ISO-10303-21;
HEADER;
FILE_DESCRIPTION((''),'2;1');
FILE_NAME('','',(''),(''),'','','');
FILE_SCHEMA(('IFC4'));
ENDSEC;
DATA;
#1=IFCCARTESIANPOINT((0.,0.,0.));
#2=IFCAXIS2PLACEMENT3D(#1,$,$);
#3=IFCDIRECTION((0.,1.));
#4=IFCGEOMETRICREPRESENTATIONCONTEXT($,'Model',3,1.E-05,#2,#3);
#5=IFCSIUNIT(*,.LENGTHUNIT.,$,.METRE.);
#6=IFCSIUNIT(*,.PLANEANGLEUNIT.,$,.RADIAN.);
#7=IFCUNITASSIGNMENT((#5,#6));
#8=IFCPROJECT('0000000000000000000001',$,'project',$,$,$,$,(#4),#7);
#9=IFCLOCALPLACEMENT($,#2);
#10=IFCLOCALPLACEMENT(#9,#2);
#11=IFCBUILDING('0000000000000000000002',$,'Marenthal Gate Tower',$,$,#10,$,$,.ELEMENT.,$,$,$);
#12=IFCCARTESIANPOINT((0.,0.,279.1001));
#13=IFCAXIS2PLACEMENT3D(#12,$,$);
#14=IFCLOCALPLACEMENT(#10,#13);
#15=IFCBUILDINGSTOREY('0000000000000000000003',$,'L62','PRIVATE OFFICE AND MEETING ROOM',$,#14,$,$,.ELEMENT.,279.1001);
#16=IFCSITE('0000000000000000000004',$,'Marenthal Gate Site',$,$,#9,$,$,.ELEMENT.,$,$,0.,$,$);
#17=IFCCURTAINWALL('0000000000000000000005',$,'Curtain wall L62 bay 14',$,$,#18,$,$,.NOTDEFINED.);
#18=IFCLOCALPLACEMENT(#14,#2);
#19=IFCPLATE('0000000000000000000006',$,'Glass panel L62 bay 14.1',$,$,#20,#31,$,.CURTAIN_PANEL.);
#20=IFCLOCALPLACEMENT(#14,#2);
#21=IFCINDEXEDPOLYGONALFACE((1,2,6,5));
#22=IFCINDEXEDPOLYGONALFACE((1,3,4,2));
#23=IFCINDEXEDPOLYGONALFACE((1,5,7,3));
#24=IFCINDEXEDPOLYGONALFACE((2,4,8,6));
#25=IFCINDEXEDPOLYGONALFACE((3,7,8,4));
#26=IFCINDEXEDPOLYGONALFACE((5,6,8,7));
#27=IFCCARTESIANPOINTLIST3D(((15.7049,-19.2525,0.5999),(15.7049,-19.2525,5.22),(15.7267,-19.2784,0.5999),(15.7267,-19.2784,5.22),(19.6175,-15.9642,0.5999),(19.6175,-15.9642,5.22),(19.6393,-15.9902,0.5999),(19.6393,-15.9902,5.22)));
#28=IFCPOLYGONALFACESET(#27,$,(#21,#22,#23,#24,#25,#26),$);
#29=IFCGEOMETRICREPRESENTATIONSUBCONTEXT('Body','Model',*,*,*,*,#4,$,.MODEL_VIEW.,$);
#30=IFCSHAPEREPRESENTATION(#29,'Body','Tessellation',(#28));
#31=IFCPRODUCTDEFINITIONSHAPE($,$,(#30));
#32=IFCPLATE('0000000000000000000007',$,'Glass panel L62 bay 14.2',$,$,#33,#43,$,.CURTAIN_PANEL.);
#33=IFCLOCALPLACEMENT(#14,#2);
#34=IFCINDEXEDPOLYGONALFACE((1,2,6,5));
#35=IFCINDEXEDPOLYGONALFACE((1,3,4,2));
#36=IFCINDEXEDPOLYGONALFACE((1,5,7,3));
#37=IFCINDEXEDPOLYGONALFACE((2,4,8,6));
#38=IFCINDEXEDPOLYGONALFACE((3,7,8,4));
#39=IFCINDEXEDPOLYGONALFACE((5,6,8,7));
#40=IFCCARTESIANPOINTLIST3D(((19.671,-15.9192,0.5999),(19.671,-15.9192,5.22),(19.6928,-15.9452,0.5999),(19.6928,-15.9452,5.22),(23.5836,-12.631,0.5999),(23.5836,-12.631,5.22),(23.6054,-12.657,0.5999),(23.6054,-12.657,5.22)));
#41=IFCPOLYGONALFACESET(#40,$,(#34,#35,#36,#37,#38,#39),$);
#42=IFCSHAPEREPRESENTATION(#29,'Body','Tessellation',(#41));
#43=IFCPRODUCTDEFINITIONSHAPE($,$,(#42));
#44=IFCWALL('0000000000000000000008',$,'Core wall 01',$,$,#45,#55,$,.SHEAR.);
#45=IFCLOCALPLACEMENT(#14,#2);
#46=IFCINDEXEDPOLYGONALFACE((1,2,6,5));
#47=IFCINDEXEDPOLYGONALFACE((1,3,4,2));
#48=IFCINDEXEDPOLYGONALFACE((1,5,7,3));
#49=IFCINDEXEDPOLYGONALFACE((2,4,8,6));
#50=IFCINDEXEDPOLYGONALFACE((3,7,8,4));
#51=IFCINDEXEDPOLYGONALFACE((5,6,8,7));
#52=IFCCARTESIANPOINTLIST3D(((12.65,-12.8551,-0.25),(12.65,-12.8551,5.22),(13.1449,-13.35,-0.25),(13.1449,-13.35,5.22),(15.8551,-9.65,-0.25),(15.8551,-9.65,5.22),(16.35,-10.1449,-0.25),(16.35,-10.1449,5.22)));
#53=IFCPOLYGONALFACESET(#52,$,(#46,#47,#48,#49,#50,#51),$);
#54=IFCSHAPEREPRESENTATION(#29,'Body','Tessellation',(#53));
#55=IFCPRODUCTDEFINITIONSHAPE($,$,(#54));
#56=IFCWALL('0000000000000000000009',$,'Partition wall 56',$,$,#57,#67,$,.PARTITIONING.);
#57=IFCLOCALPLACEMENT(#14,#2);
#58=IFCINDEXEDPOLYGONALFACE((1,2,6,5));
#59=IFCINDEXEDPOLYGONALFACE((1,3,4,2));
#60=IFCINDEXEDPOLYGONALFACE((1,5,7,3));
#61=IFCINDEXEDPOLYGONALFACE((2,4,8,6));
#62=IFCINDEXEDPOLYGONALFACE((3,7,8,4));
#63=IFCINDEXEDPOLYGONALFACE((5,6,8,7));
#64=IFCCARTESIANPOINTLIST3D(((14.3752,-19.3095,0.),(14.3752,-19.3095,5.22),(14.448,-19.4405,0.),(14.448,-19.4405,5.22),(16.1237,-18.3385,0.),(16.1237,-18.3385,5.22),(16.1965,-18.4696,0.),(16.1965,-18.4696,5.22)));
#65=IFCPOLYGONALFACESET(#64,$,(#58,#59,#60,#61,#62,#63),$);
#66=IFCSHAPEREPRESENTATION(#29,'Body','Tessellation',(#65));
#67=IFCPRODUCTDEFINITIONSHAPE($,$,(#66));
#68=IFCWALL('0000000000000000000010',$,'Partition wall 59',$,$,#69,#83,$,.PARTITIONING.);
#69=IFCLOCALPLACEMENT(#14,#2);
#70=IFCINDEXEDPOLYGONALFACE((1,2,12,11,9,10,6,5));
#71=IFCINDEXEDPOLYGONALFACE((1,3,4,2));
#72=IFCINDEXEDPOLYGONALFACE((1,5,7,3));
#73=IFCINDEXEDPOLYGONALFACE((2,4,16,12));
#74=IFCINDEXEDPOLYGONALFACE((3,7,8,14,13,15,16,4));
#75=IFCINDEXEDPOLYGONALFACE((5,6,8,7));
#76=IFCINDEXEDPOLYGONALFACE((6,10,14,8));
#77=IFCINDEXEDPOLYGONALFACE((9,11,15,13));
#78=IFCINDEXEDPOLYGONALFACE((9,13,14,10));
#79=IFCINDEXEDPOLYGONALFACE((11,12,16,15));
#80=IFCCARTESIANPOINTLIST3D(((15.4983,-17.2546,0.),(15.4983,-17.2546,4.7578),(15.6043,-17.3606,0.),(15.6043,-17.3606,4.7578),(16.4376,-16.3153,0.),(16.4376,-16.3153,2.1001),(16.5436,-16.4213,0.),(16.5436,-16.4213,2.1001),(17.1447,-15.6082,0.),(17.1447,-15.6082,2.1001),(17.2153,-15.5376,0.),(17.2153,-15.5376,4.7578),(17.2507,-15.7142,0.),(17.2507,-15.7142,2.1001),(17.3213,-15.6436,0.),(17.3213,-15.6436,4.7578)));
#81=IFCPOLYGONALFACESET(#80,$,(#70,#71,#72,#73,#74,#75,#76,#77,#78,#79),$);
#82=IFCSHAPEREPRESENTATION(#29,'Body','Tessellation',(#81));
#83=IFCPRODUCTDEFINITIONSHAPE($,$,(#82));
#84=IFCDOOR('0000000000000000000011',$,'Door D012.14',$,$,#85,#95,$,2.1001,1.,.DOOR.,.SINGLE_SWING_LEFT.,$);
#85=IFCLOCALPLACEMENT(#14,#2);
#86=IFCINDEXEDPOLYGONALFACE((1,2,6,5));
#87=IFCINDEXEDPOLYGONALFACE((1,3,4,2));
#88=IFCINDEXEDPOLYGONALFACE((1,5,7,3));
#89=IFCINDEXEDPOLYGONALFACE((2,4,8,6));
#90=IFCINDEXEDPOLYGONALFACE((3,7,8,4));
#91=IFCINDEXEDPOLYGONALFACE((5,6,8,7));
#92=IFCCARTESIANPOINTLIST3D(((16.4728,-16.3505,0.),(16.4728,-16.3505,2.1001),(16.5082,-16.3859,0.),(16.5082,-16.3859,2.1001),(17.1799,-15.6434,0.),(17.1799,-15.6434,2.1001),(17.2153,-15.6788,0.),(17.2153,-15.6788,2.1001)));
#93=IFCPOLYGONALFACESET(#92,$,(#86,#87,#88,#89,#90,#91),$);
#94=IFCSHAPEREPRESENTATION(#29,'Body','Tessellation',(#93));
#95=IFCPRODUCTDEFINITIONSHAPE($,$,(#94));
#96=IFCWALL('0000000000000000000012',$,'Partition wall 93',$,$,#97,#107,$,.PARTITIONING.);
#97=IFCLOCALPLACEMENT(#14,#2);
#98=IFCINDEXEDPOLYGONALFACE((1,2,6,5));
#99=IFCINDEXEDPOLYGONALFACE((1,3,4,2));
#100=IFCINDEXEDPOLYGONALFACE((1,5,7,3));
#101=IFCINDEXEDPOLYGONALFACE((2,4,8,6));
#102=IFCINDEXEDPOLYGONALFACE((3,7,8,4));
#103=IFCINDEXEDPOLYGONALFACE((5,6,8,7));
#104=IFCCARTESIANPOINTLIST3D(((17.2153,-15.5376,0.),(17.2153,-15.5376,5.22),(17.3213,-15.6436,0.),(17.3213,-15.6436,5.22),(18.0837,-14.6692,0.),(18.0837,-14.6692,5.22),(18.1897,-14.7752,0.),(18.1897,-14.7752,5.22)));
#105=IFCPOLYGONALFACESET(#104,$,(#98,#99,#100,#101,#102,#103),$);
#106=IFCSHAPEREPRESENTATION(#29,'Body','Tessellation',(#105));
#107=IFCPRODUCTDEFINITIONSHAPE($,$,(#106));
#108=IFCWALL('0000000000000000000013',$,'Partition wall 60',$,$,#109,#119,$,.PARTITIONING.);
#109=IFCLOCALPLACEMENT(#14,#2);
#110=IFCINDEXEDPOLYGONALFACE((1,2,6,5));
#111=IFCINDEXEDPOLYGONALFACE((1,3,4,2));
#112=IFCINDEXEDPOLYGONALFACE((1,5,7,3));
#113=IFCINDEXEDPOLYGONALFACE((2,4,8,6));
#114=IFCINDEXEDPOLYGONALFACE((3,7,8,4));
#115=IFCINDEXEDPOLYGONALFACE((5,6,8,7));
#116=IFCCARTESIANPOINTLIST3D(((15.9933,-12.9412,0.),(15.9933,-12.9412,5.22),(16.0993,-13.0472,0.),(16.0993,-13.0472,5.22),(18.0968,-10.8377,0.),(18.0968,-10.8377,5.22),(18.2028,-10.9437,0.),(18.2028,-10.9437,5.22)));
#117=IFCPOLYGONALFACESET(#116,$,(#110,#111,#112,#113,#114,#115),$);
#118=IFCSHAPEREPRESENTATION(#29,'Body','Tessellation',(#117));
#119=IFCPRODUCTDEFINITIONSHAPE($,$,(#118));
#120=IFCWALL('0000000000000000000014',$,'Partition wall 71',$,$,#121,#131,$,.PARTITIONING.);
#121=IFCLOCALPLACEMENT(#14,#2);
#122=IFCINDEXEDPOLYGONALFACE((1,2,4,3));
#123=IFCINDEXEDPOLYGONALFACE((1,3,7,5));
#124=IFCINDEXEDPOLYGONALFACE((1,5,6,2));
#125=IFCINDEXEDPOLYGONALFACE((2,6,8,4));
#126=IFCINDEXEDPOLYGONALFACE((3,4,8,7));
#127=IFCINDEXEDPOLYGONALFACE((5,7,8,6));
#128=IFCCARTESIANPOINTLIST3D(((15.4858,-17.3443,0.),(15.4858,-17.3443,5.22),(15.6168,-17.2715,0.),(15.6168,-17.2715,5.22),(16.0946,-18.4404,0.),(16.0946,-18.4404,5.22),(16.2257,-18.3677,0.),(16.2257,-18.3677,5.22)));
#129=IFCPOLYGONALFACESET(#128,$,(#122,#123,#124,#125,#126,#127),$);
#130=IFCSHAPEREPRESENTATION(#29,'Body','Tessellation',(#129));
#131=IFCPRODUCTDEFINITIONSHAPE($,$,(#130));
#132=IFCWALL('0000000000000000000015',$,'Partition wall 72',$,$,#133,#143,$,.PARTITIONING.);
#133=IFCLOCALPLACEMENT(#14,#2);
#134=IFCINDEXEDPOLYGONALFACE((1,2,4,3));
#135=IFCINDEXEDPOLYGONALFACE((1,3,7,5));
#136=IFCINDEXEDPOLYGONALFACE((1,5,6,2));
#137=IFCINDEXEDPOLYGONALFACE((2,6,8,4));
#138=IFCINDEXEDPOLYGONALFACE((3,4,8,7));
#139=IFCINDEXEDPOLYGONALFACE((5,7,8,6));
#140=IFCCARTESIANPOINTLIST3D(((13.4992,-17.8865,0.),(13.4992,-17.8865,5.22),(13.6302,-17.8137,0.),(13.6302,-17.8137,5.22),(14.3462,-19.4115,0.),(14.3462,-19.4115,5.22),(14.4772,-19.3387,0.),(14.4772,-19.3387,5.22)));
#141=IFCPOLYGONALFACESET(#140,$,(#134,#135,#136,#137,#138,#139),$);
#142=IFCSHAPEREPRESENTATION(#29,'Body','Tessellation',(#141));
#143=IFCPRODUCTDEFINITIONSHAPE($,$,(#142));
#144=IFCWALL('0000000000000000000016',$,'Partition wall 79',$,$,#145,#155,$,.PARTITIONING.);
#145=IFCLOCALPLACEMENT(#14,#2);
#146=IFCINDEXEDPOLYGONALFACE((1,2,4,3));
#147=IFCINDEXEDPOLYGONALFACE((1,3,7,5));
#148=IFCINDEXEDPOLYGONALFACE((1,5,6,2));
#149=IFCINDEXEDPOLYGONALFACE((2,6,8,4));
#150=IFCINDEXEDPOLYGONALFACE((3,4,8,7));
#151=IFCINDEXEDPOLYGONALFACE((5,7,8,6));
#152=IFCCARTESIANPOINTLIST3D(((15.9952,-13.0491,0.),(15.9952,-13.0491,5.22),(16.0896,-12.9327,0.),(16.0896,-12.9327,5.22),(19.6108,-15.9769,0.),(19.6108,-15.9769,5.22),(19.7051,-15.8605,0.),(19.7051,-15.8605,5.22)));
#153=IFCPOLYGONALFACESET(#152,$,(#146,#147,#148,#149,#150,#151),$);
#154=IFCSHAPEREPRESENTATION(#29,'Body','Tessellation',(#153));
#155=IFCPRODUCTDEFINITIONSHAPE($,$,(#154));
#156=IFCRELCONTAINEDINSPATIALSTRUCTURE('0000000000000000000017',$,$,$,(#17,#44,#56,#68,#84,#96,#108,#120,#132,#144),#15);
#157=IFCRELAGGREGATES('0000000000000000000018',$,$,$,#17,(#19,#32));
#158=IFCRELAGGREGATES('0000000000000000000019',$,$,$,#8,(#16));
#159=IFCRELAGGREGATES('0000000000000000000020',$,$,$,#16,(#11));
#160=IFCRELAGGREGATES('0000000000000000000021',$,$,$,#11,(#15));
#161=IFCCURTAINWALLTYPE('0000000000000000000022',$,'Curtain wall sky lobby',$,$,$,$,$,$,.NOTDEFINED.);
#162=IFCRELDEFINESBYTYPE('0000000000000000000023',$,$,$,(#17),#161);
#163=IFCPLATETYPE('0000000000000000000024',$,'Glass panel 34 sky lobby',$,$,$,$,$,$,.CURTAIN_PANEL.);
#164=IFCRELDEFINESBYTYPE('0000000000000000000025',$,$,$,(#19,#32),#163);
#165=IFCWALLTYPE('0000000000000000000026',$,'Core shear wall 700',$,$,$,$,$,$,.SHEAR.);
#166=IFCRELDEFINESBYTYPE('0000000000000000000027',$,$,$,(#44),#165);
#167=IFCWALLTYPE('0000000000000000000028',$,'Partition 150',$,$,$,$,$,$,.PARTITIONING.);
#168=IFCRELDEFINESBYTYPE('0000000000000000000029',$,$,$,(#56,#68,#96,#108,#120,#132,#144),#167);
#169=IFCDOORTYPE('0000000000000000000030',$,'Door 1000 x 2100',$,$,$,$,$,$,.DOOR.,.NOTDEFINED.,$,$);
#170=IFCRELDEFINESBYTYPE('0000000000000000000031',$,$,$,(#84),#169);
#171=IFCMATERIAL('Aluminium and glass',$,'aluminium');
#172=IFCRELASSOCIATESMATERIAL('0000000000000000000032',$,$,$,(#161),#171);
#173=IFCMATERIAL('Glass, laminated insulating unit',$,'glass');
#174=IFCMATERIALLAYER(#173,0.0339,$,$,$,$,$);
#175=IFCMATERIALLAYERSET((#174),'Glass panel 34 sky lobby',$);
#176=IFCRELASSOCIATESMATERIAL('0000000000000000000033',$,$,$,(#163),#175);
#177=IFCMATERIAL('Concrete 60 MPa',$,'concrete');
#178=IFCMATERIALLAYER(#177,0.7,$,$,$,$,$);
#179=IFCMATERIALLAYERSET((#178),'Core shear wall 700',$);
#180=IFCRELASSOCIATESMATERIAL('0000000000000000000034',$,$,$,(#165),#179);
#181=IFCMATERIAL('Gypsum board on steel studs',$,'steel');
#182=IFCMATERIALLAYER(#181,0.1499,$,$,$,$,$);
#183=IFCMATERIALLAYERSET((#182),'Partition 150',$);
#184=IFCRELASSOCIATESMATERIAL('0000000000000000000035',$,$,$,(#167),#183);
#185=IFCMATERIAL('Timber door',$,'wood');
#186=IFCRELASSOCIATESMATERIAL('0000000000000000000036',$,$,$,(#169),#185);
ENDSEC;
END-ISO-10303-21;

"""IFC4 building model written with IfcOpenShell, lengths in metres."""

from ifc_helpers import new_model, si_unit, direction, frame, frame_2d, origin, origin_2d, place, context, subcontext, project, spatial, rectangle, extrude, material, layer, layer_set, type_object, element, fill, aggregate, save


model = new_model("IFC4")

# Units and contexts
model_context = context("Model", 3, precision=1e-05, world=origin(), true_north=direction((0.0, 1.0)))
body_context = subcontext(model_context, "Body", "Model", "MODEL_VIEW")
ifc_project = project(units=[si_unit("LENGTHUNIT", "METRE"), si_unit("PLANEANGLEUNIT", "RADIAN")], contexts=[model_context])

# Site, building, storey
site_placement = place(None, origin())
site = spatial("IfcSite", under=ifc_project, at=site_placement, Name="Marenthal Gate Site", CompositionType="ELEMENT", RefElevation=0.0)
building_placement = place(site_placement, origin())
building = spatial("IfcBuilding", under=site, at=building_placement, Name="Marenthal Gate Tower", CompositionType="ELEMENT")
storey_placement = place(building_placement, frame((0.0, 0.0, 279.1001)))
storey = spatial("IfcBuildingStorey", under=building, at=storey_placement, Name="L62", Description="PRIVATE OFFICE AND MEETING ROOM", CompositionType="ELEMENT", Elevation=279.1001)

# Shared definitions
ifc_material_1 = material(Name="Aluminium and glass", Category="aluminium")
curtain_wall_type = type_object("IfcCurtainWallType", Name="Curtain wall sky lobby", PredefinedType="NOTDEFINED", material=ifc_material_1)

# Curtain wall
curtain_wall_1_placement = place(storey_placement, origin())
curtain_wall_1 = element("IfcCurtainWall", 1, at=curtain_wall_1_placement, inside=storey, type_object=curtain_wall_type, Name="Curtain wall L62 bay 14", PredefinedType="NOTDEFINED")

# Plates
ifc_material_2 = material(Name="Glass, laminated insulating unit", Category="glass")
ifc_layer_1 = layer(ifc_material_2, 0.0339)
ifc_layer_set_1 = layer_set([ifc_layer_1], Name="Glass panel 34 sky lobby")
plate_type = type_object("IfcPlateType", Name="Glass panel 34 sky lobby", PredefinedType="CURTAIN_PANEL", material=ifc_layer_set_1)
plate_1_placement = place(storey_placement, frame((17.6721, -17.6213, 0.5999), z_axis=(0.0, 0.0, 1.0), x_axis=(0.765547, 0.64338, 0.0)))
plate_1 = element("IfcPlate", 2, at=plate_1_placement, type_object=plate_type, Name="Glass panel L62 bay 14.1", PredefinedType="CURTAIN_PANEL", context=body_context, shape_type="SweptSolid", body=[
    extrude(rectangle(XDim=5.1108, YDim=0.0339, at=origin_2d()), origin(), (0.0, 0.0, 1.0), 4.6201),
])
plate_2_placement = place(storey_placement, frame((21.6382, -14.2881, 0.5999), z_axis=(0.0, 0.0, 1.0), x_axis=(0.765547, 0.64338, 0.0)))
plate_2 = element("IfcPlate", 3, at=plate_2_placement, type_object=plate_type, Name="Glass panel L62 bay 14.2", PredefinedType="CURTAIN_PANEL", context=body_context, shape_type="SweptSolid", body=[
    extrude(rectangle(XDim=5.1108, YDim=0.0339, at=origin_2d()), origin(), (0.0, 0.0, 1.0), 4.6201),
])
aggregate(curtain_wall_1, [plate_1, plate_2])

# Walls
ifc_material_3 = material(Name="Concrete 60 MPa", Category="concrete")
ifc_layer_2 = layer(ifc_material_3, 0.7)
ifc_layer_set_2 = layer_set([ifc_layer_2], Name="Core shear wall 700")
wall_type_1 = type_object("IfcWallType", Name="Core shear wall 700", PredefinedType="SHEAR", material=ifc_layer_set_2)
wall_1_placement = place(storey_placement, frame((12.8975, -13.1025, -0.25), z_axis=(0.0, 0.0, 1.0), x_axis=(0.707107, 0.707107, 0.0)))
element("IfcWall", 4, at=wall_1_placement, inside=storey, type_object=wall_type_1, Name="Core wall 01", PredefinedType="SHEAR", context=body_context, shape_type="SweptSolid", body=[
    extrude(rectangle(XDim=4.5327, YDim=0.7, at=frame_2d((2.2664, 0.0))), origin(), (0.0, 0.0, 1.0), 5.47),
])
ifc_material_4 = material(Name="Gypsum board on steel studs", Category="steel")
ifc_layer_3 = layer(ifc_material_4, 0.1499)
ifc_layer_set_3 = layer_set([ifc_layer_3], Name="Partition 150")
wall_type_2 = type_object("IfcWallType", Name="Partition 150", PredefinedType="PARTITIONING", material=ifc_layer_set_3)
wall_2_placement = place(storey_placement, frame((14.4116, -19.375, 0.0), z_axis=(0.0, 0.0, 1.0), x_axis=(0.874255, 0.485467, 0.0)))
element("IfcWall", 5, at=wall_2_placement, inside=storey, type_object=wall_type_2, Name="Partition wall 56", PredefinedType="PARTITIONING", context=body_context, shape_type="SweptSolid", body=[
    extrude(rectangle(XDim=2.0, YDim=0.1499, at=frame_2d((1.0, 0.0))), origin(), (0.0, 0.0, 1.0), 5.22),
])

# Wall, opening, door
wall_3_placement = place(storey_placement, frame((15.5513, -17.3076, 0.0), z_axis=(0.0, 0.0, 1.0), x_axis=(0.707107, 0.707107, 0.0)))
wall_3 = element("IfcWall", 6, at=wall_3_placement, inside=storey, type_object=wall_type_2, Name="Partition wall 59", PredefinedType="PARTITIONING", context=body_context, shape_type="SweptSolid", body=[
    extrude(rectangle(XDim=2.4282, YDim=0.1499, at=frame_2d((1.2141, 0.0))), origin(), (0.0, 0.0, 1.0), 4.7578),
])
opening_placement = place(wall_3_placement, frame((1.3284, 0.0, 0.0)))
opening = element("IfcOpeningElement", 7, at=opening_placement, cuts=wall_3, PredefinedType="OPENING", context=body_context, shape_type="SweptSolid", body=[
    extrude(rectangle(XDim=1.0, YDim=2.1001, at=frame_2d((0.5, 1.05))), frame((0.0, 0.085, 0.0), z_axis=(0.0, -1.0, 0.0), x_axis=(1.0, 0.0, 0.0)), (0.0, 0.0, 1.0), 0.1699),
])
ifc_material_5 = material(Name="Timber door", Category="wood")
door_type = type_object("IfcDoorType", Name="Door 1000 x 2100", OperationType="NOTDEFINED", PredefinedType="DOOR", material=ifc_material_5)
door_placement = place(opening_placement, frame((1.0, 0.0, 0.0), z_axis=(0.0, 0.0, 1.0), x_axis=(-1.0, 0.0, 0.0)))
door = element("IfcDoor", 8, at=door_placement, inside=storey, type_object=door_type, Name="Door D012.14", OperationType="SINGLE_SWING_LEFT", OverallHeight=2.1001, OverallWidth=1.0, PredefinedType="DOOR", context=body_context, shape_type="SweptSolid", body=[
    extrude(rectangle(XDim=1.0, YDim=2.1001, at=frame_2d((0.5, 1.05))), frame((0.0, 0.0249, 0.0), z_axis=(0.0, -1.0, 0.0), x_axis=(1.0, 0.0, 0.0)), (0.0, 0.0, 1.0), 0.05),
])
fill(opening, door)

# Walls
wall_4_placement = place(storey_placement, frame((17.2683, -15.5906, 0.0), z_axis=(0.0, 0.0, 1.0), x_axis=(0.707107, 0.707107, 0.0)))
element("IfcWall", 9, at=wall_4_placement, inside=storey, type_object=wall_type_2, Name="Partition wall 93", PredefinedType="PARTITIONING", context=body_context, shape_type="SweptSolid", body=[
    extrude(rectangle(XDim=1.228, YDim=0.1499, at=frame_2d((0.614, 0.0))), origin(), (0.0, 0.0, 1.0), 5.22),
])
wall_5_placement = place(storey_placement, frame((16.0464, -12.9941, 0.0), z_axis=(0.0, 0.0, 1.0), x_axis=(0.707107, 0.707107, 0.0)))
element("IfcWall", 10, at=wall_5_placement, inside=storey, type_object=wall_type_2, Name="Partition wall 60", PredefinedType="PARTITIONING", context=body_context, shape_type="SweptSolid", body=[
    extrude(rectangle(XDim=2.9749, YDim=0.1499, at=frame_2d((1.4873, 0.0))), origin(), (0.0, 0.0, 1.0), 5.22),
])
wall_6_placement = place(storey_placement, frame((16.1602, -18.4041, 0.0), z_axis=(0.0, 0.0, 1.0), x_axis=(-0.485577, 0.874194, 0.0)))
element("IfcWall", 11, at=wall_6_placement, inside=storey, type_object=wall_type_2, Name="Partition wall 71", PredefinedType="PARTITIONING", context=body_context, shape_type="SweptSolid", body=[
    extrude(rectangle(XDim=1.2539, YDim=0.1499, at=frame_2d((0.627, 0.0))), origin(), (0.0, 0.0, 1.0), 5.22),
])
wall_7_placement = place(storey_placement, frame((14.4116, -19.375, 0.0), z_axis=(0.0, 0.0, 1.0), x_axis=(-0.485536, 0.874217, 0.0)))
element("IfcWall", 12, at=wall_7_placement, inside=storey, type_object=wall_type_2, Name="Partition wall 72", PredefinedType="PARTITIONING", context=body_context, shape_type="SweptSolid", body=[
    extrude(rectangle(XDim=1.7444, YDim=0.1499, at=frame_2d((0.8721, 0.0))), origin(), (0.0, 0.0, 1.0), 5.22),
])
wall_8_placement = place(storey_placement, frame((19.658, -15.9187, 0.0), z_axis=(0.0, 0.0, 1.0), x_axis=(-0.777148, 0.629317, 0.0)))
element("IfcWall", 13, at=wall_8_placement, inside=storey, type_object=wall_type_2, Name="Partition wall 79", PredefinedType="PARTITIONING", context=body_context, shape_type="SweptSolid", body=[
    extrude(rectangle(XDim=4.6523, YDim=0.1499, at=frame_2d((2.3262, 0.0))), origin(), (0.0, 0.0, 1.0), 5.22),
])

save(model, "model.ifc")
